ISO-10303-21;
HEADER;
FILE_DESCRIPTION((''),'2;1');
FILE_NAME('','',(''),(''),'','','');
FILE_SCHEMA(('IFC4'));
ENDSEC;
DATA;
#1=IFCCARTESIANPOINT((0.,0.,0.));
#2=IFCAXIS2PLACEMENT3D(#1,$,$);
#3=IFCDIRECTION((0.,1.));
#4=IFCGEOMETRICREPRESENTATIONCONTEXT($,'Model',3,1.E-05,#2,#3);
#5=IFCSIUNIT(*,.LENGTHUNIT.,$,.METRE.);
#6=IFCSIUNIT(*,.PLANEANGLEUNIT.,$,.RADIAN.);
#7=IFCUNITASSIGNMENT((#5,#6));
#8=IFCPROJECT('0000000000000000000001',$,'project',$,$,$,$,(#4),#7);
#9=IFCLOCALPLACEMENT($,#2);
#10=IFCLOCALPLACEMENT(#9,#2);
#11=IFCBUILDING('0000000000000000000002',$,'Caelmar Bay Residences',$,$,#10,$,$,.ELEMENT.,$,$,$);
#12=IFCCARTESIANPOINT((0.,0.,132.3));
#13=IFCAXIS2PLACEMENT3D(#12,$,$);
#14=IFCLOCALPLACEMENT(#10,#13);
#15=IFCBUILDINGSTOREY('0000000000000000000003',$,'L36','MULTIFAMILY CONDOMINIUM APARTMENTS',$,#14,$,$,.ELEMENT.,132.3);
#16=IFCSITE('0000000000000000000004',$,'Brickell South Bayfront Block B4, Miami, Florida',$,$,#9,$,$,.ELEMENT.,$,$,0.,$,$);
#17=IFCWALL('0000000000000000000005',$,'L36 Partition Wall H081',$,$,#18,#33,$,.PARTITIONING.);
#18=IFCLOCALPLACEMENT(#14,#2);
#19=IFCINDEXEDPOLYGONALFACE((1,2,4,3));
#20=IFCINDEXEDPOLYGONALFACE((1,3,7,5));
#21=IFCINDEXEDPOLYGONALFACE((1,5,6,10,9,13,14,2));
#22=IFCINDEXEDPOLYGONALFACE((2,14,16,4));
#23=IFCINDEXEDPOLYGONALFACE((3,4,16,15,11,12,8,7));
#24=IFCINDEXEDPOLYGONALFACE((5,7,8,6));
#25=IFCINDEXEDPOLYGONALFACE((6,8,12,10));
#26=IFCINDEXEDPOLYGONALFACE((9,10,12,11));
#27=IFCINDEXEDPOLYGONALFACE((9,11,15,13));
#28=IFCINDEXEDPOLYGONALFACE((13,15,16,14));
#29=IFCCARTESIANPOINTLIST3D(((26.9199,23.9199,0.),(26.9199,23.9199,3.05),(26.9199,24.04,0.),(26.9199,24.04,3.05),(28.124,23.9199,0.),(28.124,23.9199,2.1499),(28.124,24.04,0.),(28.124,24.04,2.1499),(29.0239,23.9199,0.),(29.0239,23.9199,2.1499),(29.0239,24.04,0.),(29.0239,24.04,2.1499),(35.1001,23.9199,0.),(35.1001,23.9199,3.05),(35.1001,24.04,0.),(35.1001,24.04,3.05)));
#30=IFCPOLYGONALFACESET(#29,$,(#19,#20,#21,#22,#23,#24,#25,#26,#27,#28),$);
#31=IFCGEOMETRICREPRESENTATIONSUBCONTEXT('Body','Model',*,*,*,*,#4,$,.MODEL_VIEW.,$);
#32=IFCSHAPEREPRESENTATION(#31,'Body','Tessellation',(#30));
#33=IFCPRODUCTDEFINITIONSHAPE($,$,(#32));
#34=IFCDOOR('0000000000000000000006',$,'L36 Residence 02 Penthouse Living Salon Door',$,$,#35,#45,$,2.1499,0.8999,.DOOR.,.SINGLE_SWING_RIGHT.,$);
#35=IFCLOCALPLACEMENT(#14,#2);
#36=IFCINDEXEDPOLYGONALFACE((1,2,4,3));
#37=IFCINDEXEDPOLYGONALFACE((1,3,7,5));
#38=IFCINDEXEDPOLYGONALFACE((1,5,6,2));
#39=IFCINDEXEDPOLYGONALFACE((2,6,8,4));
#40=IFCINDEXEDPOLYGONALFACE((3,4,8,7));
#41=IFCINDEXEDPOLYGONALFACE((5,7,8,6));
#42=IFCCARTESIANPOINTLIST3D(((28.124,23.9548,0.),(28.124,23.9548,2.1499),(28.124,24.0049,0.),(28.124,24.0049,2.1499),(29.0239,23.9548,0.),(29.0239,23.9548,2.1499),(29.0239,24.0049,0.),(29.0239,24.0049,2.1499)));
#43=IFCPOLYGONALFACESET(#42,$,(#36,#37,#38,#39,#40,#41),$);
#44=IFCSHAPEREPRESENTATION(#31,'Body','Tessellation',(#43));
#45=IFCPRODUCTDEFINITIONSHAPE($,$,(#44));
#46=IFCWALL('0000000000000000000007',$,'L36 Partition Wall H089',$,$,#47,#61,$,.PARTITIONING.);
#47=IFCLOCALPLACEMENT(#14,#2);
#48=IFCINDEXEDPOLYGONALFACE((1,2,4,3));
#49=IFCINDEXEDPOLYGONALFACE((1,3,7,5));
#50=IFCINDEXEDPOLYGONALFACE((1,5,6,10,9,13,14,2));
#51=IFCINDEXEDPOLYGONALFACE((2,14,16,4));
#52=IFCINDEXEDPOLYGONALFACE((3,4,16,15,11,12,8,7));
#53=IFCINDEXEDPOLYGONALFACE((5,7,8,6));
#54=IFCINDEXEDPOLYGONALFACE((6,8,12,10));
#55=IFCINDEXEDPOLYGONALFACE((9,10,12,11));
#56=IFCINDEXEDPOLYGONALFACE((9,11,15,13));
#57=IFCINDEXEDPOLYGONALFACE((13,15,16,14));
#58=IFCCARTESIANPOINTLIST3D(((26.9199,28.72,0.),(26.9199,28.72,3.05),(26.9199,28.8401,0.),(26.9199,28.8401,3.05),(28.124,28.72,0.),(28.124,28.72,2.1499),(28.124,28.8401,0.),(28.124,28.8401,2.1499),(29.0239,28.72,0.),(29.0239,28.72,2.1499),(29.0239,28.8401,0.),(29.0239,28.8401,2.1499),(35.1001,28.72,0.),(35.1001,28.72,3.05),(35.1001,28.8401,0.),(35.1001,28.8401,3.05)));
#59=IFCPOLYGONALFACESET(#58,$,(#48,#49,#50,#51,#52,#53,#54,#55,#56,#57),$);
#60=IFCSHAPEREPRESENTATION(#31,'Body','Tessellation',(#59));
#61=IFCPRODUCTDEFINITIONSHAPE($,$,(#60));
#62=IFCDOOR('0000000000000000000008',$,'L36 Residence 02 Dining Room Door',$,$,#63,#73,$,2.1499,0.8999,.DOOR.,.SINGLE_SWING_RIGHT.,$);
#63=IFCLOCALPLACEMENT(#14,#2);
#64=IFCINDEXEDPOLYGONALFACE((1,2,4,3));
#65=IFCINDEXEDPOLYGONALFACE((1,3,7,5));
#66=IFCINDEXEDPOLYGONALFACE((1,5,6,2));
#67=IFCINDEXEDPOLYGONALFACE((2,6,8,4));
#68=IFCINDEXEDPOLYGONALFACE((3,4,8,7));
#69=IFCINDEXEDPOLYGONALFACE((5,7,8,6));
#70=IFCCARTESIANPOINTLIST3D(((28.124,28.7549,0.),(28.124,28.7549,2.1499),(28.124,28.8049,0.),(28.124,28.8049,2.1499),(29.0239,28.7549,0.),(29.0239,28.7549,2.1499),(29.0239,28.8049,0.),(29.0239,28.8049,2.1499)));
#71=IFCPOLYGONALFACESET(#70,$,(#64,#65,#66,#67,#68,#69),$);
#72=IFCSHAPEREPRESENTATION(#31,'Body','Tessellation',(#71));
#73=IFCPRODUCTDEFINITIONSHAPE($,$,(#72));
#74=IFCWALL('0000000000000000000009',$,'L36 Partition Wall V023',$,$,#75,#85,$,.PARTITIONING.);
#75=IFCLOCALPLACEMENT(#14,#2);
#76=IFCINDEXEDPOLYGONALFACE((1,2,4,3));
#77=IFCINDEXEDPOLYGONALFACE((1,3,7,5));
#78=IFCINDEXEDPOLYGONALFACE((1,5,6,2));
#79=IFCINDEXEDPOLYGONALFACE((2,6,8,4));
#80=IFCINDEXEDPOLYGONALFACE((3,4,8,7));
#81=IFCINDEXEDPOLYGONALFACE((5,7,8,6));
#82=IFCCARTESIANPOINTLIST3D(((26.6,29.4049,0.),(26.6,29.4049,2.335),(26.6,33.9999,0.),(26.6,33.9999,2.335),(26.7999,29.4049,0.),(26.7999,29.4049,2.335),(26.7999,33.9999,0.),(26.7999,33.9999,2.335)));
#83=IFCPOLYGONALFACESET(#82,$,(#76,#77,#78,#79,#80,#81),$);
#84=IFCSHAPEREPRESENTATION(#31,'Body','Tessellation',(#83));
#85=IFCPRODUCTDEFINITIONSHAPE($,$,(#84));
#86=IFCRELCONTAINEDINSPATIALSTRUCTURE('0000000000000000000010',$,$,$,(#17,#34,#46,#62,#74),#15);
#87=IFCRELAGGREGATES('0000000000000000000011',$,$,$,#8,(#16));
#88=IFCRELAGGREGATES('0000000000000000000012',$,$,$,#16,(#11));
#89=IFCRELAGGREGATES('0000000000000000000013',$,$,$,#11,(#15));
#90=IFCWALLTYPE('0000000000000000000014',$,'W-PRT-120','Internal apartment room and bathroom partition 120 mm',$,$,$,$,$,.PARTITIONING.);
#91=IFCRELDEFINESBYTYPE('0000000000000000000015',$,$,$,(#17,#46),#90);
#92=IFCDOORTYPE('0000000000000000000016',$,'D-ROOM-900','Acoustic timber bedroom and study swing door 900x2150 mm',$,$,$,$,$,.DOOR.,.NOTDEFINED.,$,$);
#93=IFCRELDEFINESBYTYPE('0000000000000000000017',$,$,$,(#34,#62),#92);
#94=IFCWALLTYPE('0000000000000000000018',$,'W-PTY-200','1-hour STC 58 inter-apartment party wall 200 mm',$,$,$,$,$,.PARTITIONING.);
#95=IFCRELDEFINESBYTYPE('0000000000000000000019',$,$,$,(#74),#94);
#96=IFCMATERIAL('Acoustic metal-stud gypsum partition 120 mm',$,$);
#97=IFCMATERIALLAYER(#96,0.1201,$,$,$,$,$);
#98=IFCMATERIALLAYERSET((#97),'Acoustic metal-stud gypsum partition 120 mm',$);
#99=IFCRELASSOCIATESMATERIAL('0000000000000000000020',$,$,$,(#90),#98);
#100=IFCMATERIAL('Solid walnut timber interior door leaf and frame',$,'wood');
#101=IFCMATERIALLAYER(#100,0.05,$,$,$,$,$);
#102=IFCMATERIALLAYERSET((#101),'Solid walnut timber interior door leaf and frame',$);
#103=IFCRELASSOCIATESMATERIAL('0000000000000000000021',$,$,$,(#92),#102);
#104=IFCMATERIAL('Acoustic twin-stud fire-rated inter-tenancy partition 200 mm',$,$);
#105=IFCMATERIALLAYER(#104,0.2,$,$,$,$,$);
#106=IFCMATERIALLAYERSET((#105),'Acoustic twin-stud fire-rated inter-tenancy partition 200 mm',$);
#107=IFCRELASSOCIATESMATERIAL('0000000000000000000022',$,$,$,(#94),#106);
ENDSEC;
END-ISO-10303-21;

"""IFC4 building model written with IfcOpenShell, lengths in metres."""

from ifc_helpers import new_model, si_unit, direction, frame, frame_2d, origin, place, context, subcontext, project, spatial, rectangle, extrude, material, layer, layer_set, type_object, element, fill, save


model = new_model("IFC4")

# Units and contexts
model_context = context("Model", 3, precision=1e-05, world=origin(), true_north=direction((0.0, 1.0)))
body_context = subcontext(model_context, "Body", "Model", "MODEL_VIEW")
ifc_project = project(units=[si_unit("LENGTHUNIT", "METRE"), si_unit("PLANEANGLEUNIT", "RADIAN")], contexts=[model_context])

# Site, building, storey
site_placement = place(None, origin())
site = spatial("IfcSite", under=ifc_project, at=site_placement, Name="Brickell South Bayfront Block B4, Miami, Florida", CompositionType="ELEMENT", RefElevation=0.0)
building_placement = place(site_placement, origin())
building = spatial("IfcBuilding", under=site, at=building_placement, Name="Caelmar Bay Residences", CompositionType="ELEMENT")
storey_placement = place(building_placement, frame((0.0, 0.0, 132.3)))
storey = spatial("IfcBuildingStorey", under=building, at=storey_placement, Name="L36", Description="MULTIFAMILY CONDOMINIUM APARTMENTS", CompositionType="ELEMENT", Elevation=132.3)

# Shared definitions
ifc_material_1 = material(Name="Acoustic metal-stud gypsum partition 120 mm")
ifc_layer_1 = layer(ifc_material_1, 0.1201)
ifc_layer_set_1 = layer_set([ifc_layer_1], Name="Acoustic metal-stud gypsum partition 120 mm")
wall_type_1 = type_object("IfcWallType", Name="W-PRT-120", Description="Internal apartment room and bathroom partition 120 mm", PredefinedType="PARTITIONING", material=ifc_layer_set_1)
ifc_material_2 = material(Name="Solid walnut timber interior door leaf and frame", Category="wood")
ifc_layer_2 = layer(ifc_material_2, 0.05)
ifc_layer_set_2 = layer_set([ifc_layer_2], Name="Solid walnut timber interior door leaf and frame")
door_type_1 = type_object("IfcDoorType", Name="D-ROOM-900", Description="Acoustic timber bedroom and study swing door 900x2150 mm", OperationType="NOTDEFINED", PredefinedType="DOOR", material=ifc_layer_set_2)

# Walls, openings, doors
wall_1_placement = place(storey_placement, frame((26.9199, 23.98, 0.0), z_axis=(0.0, 0.0, 1.0), x_axis=(1.0, 0.0, 0.0)))
wall_1 = element("IfcWall", 1, at=wall_1_placement, inside=storey, type_object=wall_type_1, Name="L36 Partition Wall H081", PredefinedType="PARTITIONING", context=body_context, shape_type="SweptSolid", body=[
    extrude(rectangle(XDim=8.1802, YDim=0.1201, at=frame_2d((4.0901, 0.0))), origin(), (0.0, 0.0, 1.0), 3.05),
])
opening_1_placement = place(wall_1_placement, frame((1.2041, 0.0, 0.0)))
opening_1 = element("IfcOpeningElement", 2, at=opening_1_placement, cuts=wall_1, PredefinedType="OPENING", context=body_context, shape_type="SweptSolid", body=[
    extrude(rectangle(XDim=0.8999, YDim=2.1499, at=frame_2d((0.45, 1.075))), frame((0.0, 0.0701, 0.0), z_axis=(0.0, -1.0, 0.0), x_axis=(1.0, 0.0, 0.0)), (0.0, 0.0, 1.0), 0.1401),
])
door_1_placement = place(opening_1_placement, origin())
door_1 = element("IfcDoor", 3, at=door_1_placement, inside=storey, type_object=door_type_1, Name="L36 Residence 02 Penthouse Living Salon Door", OperationType="SINGLE_SWING_RIGHT", OverallHeight=2.1499, OverallWidth=0.8999, PredefinedType="DOOR", context=body_context, shape_type="SweptSolid", body=[
    extrude(rectangle(XDim=0.8999, YDim=2.1499, at=frame_2d((0.45, 1.075))), frame((0.0, 0.0249, 0.0), z_axis=(0.0, -1.0, 0.0), x_axis=(1.0, 0.0, 0.0)), (0.0, 0.0, 1.0), 0.05),
])
fill(opening_1, door_1)
wall_2_placement = place(storey_placement, frame((26.9199, 28.78, 0.0), z_axis=(0.0, 0.0, 1.0), x_axis=(1.0, 0.0, 0.0)))
wall_2 = element("IfcWall", 4, at=wall_2_placement, inside=storey, type_object=wall_type_1, Name="L36 Partition Wall H089", PredefinedType="PARTITIONING", context=body_context, shape_type="SweptSolid", body=[
    extrude(rectangle(XDim=8.1802, YDim=0.1201, at=frame_2d((4.0901, 0.0))), origin(), (0.0, 0.0, 1.0), 3.05),
])
opening_2_placement = place(wall_2_placement, frame((1.2041, 0.0, 0.0)))
opening_2 = element("IfcOpeningElement", 5, at=opening_2_placement, cuts=wall_2, PredefinedType="OPENING", context=body_context, shape_type="SweptSolid", body=[
    extrude(rectangle(XDim=0.8999, YDim=2.1499, at=frame_2d((0.45, 1.075))), frame((0.0, 0.0701, 0.0), z_axis=(0.0, -1.0, 0.0), x_axis=(1.0, 0.0, 0.0)), (0.0, 0.0, 1.0), 0.1401),
])
door_2_placement = place(opening_2_placement, origin())
door_2 = element("IfcDoor", 6, at=door_2_placement, inside=storey, type_object=door_type_1, Name="L36 Residence 02 Dining Room Door", OperationType="SINGLE_SWING_RIGHT", OverallHeight=2.1499, OverallWidth=0.8999, PredefinedType="DOOR", context=body_context, shape_type="SweptSolid", body=[
    extrude(rectangle(XDim=0.8999, YDim=2.1499, at=frame_2d((0.45, 1.075))), frame((0.0, 0.0249, 0.0), z_axis=(0.0, -1.0, 0.0), x_axis=(1.0, 0.0, 0.0)), (0.0, 0.0, 1.0), 0.05),
])
fill(opening_2, door_2)

# Wall
ifc_material_3 = material(Name="Acoustic twin-stud fire-rated inter-tenancy partition 200 mm")
ifc_layer_3 = layer(ifc_material_3, 0.2)
ifc_layer_set_3 = layer_set([ifc_layer_3], Name="Acoustic twin-stud fire-rated inter-tenancy partition 200 mm")
wall_type_2 = type_object("IfcWallType", Name="W-PTY-200", Description="1-hour STC 58 inter-apartment party wall 200 mm", PredefinedType="PARTITIONING", material=ifc_layer_set_3)
wall_3_placement = place(storey_placement, frame((26.7, 29.405, 0.0), z_axis=(0.0, 0.0, 1.0), x_axis=(0.0, 1.0, 0.0)))
element("IfcWall", 7, at=wall_3_placement, inside=storey, type_object=wall_type_2, Name="L36 Partition Wall V023", PredefinedType="PARTITIONING", context=body_context, shape_type="SweptSolid", body=[
    extrude(rectangle(XDim=4.595, YDim=0.2, at=frame_2d((2.2974, 0.0))), origin(), (0.0, 0.0, 1.0), 2.335),
])

save(model, "model.ifc")
